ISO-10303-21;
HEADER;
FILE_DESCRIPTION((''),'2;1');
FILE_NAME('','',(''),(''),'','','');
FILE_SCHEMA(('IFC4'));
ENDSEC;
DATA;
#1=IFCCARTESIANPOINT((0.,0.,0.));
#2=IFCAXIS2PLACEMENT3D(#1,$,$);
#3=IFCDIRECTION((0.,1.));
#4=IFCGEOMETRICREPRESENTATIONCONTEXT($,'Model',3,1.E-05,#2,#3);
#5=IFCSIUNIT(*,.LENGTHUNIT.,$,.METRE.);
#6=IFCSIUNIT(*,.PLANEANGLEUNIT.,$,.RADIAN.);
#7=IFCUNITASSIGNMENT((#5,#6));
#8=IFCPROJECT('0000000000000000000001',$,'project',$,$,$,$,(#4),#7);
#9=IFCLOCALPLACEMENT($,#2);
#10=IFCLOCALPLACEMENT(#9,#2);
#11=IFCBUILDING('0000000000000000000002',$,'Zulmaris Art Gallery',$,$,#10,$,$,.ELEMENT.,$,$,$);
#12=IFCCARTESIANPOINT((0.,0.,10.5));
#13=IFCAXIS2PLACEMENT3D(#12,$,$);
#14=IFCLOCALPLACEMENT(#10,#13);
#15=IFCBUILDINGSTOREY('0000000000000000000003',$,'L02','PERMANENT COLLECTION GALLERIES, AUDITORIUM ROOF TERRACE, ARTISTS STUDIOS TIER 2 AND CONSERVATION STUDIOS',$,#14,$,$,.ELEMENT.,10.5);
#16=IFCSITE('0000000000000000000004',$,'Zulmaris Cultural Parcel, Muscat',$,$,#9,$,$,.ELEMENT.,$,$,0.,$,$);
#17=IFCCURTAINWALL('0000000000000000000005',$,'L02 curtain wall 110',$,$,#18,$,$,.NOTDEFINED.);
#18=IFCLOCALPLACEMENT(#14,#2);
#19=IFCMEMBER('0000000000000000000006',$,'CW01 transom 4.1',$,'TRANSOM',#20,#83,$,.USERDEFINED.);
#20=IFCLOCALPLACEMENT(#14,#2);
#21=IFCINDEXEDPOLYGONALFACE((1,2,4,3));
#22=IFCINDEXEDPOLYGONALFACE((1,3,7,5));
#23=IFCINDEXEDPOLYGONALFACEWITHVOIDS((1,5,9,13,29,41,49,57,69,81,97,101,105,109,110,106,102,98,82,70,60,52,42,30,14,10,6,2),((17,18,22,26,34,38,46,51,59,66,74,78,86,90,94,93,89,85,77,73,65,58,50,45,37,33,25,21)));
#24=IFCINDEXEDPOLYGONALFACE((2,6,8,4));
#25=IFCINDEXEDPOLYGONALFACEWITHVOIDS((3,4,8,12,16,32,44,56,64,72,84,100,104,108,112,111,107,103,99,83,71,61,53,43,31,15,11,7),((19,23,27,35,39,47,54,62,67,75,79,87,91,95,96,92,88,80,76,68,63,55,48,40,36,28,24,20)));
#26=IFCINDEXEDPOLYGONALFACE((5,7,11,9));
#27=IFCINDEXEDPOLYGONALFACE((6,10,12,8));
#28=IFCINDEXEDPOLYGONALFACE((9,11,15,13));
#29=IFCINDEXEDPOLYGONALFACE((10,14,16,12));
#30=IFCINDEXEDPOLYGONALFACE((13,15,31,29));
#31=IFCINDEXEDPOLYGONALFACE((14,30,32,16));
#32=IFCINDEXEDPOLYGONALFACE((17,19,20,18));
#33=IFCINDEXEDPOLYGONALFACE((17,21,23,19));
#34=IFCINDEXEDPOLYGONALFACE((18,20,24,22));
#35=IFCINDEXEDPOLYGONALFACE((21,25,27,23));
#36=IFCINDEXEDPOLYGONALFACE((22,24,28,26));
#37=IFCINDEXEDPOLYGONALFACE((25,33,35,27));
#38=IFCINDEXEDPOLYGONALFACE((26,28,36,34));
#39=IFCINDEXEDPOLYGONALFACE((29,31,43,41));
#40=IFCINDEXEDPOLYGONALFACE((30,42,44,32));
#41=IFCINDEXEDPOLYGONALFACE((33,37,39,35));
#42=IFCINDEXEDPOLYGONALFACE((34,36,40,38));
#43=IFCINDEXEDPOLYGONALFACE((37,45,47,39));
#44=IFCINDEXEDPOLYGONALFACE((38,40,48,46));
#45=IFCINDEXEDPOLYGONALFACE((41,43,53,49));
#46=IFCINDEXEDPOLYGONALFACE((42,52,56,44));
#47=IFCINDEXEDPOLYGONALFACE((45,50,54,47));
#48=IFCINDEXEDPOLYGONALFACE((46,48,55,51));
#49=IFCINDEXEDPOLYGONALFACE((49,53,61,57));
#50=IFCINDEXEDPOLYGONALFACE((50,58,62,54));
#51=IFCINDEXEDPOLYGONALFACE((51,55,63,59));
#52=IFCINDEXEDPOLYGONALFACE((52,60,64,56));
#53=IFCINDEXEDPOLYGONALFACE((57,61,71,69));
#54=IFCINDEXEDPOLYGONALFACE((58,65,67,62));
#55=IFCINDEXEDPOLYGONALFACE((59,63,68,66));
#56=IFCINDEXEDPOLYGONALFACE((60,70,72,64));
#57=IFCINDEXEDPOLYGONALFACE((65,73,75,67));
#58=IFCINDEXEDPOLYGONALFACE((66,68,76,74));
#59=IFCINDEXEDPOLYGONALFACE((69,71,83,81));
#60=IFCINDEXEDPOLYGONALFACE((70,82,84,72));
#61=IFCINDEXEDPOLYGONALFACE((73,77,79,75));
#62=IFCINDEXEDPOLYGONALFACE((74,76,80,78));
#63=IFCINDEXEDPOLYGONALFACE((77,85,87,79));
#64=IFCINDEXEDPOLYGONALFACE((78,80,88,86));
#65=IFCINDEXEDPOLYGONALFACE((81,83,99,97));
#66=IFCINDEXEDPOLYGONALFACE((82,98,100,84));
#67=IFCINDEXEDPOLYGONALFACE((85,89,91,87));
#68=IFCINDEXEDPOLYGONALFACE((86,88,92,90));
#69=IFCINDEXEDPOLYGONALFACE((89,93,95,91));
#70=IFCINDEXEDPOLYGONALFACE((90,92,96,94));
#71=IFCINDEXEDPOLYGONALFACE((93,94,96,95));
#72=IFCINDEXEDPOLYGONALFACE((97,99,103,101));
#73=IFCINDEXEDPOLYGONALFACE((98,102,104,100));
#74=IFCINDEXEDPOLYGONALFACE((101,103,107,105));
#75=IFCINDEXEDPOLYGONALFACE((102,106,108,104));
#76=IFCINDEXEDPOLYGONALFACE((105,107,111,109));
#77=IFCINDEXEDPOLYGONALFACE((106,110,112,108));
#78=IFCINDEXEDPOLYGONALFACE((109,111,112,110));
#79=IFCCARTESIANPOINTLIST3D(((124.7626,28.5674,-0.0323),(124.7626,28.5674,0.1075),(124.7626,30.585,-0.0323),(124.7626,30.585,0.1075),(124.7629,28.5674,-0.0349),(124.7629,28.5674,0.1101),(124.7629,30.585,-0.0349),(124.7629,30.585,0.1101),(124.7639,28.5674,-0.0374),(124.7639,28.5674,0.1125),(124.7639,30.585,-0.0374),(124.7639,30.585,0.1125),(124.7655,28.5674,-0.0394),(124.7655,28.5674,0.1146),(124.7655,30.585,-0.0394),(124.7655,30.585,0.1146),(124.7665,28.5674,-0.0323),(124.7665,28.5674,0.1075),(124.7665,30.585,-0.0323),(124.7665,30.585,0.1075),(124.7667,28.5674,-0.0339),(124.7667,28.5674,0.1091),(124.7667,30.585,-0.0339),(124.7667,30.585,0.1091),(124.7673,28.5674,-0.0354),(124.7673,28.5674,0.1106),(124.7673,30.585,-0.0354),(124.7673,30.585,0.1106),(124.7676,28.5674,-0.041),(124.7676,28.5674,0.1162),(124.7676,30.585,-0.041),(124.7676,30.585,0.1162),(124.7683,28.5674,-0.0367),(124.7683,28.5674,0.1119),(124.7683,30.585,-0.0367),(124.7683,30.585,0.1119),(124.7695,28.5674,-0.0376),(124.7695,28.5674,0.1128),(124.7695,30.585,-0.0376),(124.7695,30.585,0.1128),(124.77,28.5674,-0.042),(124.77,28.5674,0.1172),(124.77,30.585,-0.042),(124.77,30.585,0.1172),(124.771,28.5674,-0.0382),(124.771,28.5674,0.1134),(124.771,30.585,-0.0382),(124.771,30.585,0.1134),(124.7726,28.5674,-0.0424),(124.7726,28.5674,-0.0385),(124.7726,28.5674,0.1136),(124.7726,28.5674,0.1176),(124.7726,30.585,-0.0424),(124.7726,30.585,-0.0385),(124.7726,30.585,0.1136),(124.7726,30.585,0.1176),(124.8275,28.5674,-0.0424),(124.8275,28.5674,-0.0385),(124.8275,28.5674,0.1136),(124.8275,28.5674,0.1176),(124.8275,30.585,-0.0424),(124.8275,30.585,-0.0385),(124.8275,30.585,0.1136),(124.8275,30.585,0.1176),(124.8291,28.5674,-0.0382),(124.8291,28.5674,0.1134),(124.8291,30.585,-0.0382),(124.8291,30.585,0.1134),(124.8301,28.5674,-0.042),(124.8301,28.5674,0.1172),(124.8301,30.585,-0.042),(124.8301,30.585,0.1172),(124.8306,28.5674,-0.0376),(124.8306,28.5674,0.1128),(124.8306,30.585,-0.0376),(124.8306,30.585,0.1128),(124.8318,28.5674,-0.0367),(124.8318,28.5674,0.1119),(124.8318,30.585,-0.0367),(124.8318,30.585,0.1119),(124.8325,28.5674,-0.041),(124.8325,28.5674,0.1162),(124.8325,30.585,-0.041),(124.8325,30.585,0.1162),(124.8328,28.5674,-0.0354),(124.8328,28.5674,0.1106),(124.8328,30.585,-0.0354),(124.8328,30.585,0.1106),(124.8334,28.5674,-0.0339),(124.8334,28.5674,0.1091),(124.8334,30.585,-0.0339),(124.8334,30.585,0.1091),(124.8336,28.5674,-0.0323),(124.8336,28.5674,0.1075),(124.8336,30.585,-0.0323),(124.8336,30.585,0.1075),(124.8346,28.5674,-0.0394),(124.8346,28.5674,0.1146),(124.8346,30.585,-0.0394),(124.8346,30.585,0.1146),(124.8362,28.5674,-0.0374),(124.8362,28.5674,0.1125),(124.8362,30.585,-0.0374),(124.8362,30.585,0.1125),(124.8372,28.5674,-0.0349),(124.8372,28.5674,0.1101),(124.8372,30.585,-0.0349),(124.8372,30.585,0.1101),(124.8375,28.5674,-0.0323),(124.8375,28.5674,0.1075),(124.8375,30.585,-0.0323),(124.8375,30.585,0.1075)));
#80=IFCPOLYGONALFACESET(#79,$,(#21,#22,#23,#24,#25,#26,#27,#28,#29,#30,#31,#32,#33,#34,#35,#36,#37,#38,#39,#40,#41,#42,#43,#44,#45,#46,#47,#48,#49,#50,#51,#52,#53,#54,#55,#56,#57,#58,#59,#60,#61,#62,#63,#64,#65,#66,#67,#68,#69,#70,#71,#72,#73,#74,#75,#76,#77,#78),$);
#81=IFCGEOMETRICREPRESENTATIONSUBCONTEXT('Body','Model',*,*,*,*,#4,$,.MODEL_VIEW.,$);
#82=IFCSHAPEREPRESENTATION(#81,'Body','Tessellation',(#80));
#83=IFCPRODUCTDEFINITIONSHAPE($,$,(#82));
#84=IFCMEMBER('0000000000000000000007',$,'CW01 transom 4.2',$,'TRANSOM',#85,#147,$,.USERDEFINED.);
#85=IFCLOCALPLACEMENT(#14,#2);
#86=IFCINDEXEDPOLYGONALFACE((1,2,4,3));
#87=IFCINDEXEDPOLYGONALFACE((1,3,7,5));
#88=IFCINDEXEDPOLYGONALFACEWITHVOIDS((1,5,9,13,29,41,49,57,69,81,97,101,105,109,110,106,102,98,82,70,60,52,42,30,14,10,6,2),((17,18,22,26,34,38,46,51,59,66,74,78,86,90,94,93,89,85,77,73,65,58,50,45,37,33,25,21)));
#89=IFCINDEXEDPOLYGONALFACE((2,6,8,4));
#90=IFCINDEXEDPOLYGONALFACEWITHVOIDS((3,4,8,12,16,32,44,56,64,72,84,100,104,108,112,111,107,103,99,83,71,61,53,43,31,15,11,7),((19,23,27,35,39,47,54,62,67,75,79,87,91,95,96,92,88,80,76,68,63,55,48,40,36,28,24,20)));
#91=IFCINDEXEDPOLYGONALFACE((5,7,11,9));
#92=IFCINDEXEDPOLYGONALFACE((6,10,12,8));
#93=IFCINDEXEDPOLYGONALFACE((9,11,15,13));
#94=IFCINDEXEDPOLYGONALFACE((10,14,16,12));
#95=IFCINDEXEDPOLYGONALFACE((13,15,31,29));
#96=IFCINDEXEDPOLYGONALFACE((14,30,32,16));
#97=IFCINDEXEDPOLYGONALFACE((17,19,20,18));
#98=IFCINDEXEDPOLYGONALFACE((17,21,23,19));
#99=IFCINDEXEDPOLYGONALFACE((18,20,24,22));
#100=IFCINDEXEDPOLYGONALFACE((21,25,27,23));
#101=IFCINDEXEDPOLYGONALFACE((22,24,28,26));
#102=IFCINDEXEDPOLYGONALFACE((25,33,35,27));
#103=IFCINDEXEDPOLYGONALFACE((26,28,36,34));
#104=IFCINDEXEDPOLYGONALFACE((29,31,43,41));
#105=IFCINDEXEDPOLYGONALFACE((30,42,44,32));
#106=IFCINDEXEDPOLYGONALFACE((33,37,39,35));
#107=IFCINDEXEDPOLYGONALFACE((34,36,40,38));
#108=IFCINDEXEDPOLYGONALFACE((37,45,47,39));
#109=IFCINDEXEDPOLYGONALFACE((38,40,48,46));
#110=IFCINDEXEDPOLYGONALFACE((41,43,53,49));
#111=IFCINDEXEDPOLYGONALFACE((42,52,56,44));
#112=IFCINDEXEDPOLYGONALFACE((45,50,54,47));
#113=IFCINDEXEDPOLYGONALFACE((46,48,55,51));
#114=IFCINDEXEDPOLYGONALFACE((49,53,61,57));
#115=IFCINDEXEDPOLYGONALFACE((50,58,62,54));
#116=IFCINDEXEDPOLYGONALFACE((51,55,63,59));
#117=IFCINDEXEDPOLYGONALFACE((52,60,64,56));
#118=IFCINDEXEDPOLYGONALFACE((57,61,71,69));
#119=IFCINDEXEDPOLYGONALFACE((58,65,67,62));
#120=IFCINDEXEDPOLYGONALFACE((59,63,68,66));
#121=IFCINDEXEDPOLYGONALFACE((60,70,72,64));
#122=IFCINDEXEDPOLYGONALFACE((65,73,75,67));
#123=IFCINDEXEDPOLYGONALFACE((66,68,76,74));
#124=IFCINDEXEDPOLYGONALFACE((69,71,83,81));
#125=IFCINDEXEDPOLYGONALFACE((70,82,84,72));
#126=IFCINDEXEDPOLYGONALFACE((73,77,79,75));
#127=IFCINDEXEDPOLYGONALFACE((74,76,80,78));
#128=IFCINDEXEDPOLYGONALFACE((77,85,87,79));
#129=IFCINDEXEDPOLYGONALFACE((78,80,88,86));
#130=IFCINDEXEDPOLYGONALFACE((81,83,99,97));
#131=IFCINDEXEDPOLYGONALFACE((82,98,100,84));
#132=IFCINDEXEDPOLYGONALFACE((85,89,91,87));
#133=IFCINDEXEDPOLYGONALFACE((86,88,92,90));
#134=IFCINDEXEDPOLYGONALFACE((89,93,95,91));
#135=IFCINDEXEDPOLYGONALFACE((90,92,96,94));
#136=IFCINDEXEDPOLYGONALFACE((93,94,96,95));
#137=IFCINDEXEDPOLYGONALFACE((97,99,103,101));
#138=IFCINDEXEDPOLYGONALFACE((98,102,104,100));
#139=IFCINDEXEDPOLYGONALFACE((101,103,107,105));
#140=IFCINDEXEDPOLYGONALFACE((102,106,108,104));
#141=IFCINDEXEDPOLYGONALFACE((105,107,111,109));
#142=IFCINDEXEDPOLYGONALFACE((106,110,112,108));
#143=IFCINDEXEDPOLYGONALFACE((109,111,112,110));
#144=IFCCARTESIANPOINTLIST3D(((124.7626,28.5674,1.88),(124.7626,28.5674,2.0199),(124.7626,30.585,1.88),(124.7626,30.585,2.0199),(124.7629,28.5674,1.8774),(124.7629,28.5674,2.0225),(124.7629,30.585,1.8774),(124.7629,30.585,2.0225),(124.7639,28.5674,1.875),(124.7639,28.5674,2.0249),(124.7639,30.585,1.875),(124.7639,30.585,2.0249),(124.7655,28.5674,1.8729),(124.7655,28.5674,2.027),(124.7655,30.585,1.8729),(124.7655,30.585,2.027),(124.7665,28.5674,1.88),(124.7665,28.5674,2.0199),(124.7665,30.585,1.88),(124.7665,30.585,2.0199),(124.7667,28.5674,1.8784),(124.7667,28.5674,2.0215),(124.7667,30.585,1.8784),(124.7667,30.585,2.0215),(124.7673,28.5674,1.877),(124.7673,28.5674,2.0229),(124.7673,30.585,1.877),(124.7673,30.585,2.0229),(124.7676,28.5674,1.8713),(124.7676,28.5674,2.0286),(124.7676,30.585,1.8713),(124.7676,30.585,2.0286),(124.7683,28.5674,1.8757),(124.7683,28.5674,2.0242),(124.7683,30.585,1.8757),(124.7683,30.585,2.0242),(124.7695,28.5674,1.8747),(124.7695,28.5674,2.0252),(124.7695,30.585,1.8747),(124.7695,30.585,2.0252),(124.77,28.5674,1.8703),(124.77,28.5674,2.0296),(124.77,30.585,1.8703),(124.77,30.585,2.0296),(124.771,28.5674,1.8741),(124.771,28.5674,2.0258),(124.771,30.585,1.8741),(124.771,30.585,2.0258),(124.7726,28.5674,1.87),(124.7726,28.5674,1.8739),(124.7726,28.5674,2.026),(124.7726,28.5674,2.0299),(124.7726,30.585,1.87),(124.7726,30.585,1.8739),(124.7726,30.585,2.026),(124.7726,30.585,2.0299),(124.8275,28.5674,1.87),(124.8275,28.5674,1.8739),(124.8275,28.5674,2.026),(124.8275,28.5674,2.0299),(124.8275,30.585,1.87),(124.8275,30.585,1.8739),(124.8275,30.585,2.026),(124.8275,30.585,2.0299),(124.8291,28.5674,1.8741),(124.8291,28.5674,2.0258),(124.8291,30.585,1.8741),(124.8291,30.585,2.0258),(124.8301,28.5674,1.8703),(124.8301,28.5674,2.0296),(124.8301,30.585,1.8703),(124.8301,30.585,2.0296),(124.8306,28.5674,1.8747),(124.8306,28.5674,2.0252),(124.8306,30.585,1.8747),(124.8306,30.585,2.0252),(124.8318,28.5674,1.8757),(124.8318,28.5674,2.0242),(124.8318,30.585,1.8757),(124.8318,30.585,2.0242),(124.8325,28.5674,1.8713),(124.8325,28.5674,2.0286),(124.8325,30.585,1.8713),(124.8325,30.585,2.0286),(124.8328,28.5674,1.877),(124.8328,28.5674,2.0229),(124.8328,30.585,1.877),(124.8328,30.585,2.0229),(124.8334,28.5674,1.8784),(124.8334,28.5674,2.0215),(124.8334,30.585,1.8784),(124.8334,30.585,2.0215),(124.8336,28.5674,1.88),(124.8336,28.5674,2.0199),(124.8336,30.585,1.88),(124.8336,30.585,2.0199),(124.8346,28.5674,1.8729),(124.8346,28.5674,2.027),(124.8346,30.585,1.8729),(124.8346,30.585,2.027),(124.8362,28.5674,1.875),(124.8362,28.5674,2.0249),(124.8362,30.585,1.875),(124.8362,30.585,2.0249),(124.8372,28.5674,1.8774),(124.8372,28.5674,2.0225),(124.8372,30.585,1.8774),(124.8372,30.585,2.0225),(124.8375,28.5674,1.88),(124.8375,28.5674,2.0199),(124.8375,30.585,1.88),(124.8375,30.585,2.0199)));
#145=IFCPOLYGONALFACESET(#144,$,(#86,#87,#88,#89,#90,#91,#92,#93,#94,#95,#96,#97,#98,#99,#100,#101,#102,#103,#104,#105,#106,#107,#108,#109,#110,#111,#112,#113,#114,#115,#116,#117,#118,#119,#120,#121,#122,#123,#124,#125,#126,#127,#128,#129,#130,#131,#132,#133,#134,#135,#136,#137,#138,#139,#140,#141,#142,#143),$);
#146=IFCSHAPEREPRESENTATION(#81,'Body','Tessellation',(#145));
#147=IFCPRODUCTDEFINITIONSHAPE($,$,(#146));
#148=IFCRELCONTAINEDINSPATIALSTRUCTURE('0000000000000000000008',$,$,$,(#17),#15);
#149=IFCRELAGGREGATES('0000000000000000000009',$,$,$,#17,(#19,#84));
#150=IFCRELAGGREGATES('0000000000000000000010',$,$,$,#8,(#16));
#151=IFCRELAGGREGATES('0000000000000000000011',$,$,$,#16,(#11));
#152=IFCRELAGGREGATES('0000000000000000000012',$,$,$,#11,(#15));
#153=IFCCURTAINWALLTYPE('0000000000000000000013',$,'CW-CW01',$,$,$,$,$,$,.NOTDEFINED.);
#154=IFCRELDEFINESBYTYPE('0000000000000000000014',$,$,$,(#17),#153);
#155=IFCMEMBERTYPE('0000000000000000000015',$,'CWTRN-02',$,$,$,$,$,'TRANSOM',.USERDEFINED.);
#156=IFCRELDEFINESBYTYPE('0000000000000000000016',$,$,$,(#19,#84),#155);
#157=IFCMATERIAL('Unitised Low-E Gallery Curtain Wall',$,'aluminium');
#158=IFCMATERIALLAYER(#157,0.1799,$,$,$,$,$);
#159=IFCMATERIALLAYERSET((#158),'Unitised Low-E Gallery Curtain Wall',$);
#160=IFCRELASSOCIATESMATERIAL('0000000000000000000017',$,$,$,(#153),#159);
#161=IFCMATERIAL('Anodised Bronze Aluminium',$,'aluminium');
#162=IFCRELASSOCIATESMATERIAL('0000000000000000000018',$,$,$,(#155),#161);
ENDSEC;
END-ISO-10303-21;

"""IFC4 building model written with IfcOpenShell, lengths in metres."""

from ifc_helpers import new_model, si_unit, direction, frame, origin, origin_2d, place, context, subcontext, project, spatial, hollow_rectangle, extrude, material, layer, layer_set, material_profile, profile_set, type_object, element, aggregate, save


model = new_model("IFC4")

# Units and contexts
model_context = context("Model", 3, precision=1e-05, world=origin(), true_north=direction((0.0, 1.0)))
body_context = subcontext(model_context, "Body", "Model", "MODEL_VIEW")
ifc_project = project(units=[si_unit("LENGTHUNIT", "METRE"), si_unit("PLANEANGLEUNIT", "RADIAN")], contexts=[model_context])

# Site, building, storey
site_placement = place(None, origin())
site = spatial("IfcSite", under=ifc_project, at=site_placement, Name="Zulmaris Cultural Parcel, Muscat", CompositionType="ELEMENT", RefElevation=0.0)
building_placement = place(site_placement, origin())
building = spatial("IfcBuilding", under=site, at=building_placement, Name="Zulmaris Art Gallery", CompositionType="ELEMENT")
storey_placement = place(building_placement, frame((0.0, 0.0, 10.5)))
storey = spatial("IfcBuildingStorey", under=building, at=storey_placement, Name="L02", Description="PERMANENT COLLECTION GALLERIES, AUDITORIUM ROOF TERRACE, ARTISTS STUDIOS TIER 2 AND CONSERVATION STUDIOS", CompositionType="ELEMENT", Elevation=10.5)

# Curtain wall, members
ifc_material_1 = material(Name="Unitised Low-E Gallery Curtain Wall", Category="aluminium")
ifc_layer_1 = layer(ifc_material_1, 0.1799)
ifc_layer_set_1 = layer_set([ifc_layer_1], Name="Unitised Low-E Gallery Curtain Wall")
curtain_wall_type = type_object("IfcCurtainWallType", Name="CW-CW01", PredefinedType="NOTDEFINED", material=ifc_layer_set_1)
curtain_wall_placement = place(storey_placement, origin())
curtain_wall = element("IfcCurtainWall", 1, at=curtain_wall_placement, inside=storey, type_object=curtain_wall_type, Name="L02 curtain wall 110", PredefinedType="NOTDEFINED")
ifc_material_2 = material(Name="Anodised Bronze Aluminium", Category="aluminium")
ifc_material_profile_1 = material_profile(ifc_material_2, hollow_rectangle(XDim=0.075, YDim=0.1599, WallThickness=0.0039, InnerFilletRadius=0.0061, OuterFilletRadius=0.01, at=origin_2d()), Name="ALU 75x160x4")
ifc_profile_set_1 = profile_set([ifc_material_profile_1], Name="Anodised Bronze Aluminium")
member_type_1 = type_object("IfcMemberType", Name="CWTRN-02", ElementType="TRANSOM", PredefinedType="USERDEFINED", material=ifc_profile_set_1)
member_1_placement = place(storey_placement, frame((124.8, 28.5674, 0.0376), z_axis=(0.0, 1.0, 0.0), x_axis=(-1.0, 0.0, 0.0)))
member_1 = element("IfcMember", 2, at=member_1_placement, type_object=member_type_1, Name="CW01 transom 4.1", ObjectType="TRANSOM", PredefinedType="USERDEFINED", context=body_context, shape_type="SweptSolid", body=[
    extrude(hollow_rectangle(XDim=0.075, YDim=0.1599, WallThickness=0.0039, InnerFilletRadius=0.0061, OuterFilletRadius=0.01, at=origin_2d()), origin(), (0.0, 0.0, 1.0), 2.0176),
])
member_2_placement = place(storey_placement, frame((124.8, 28.5674, 1.95), z_axis=(0.0, 1.0, 0.0), x_axis=(-1.0, 0.0, 0.0)))
member_2 = element("IfcMember", 3, at=member_2_placement, type_object=member_type_1, Name="CW01 transom 4.2", ObjectType="TRANSOM", PredefinedType="USERDEFINED", context=body_context, shape_type="SweptSolid", body=[
    extrude(hollow_rectangle(XDim=0.075, YDim=0.1599, WallThickness=0.0039, InnerFilletRadius=0.0061, OuterFilletRadius=0.01, at=origin_2d()), origin(), (0.0, 0.0, 1.0), 2.0176),
])
aggregate(curtain_wall, [member_1, member_2])

save(model, "model.ifc")
